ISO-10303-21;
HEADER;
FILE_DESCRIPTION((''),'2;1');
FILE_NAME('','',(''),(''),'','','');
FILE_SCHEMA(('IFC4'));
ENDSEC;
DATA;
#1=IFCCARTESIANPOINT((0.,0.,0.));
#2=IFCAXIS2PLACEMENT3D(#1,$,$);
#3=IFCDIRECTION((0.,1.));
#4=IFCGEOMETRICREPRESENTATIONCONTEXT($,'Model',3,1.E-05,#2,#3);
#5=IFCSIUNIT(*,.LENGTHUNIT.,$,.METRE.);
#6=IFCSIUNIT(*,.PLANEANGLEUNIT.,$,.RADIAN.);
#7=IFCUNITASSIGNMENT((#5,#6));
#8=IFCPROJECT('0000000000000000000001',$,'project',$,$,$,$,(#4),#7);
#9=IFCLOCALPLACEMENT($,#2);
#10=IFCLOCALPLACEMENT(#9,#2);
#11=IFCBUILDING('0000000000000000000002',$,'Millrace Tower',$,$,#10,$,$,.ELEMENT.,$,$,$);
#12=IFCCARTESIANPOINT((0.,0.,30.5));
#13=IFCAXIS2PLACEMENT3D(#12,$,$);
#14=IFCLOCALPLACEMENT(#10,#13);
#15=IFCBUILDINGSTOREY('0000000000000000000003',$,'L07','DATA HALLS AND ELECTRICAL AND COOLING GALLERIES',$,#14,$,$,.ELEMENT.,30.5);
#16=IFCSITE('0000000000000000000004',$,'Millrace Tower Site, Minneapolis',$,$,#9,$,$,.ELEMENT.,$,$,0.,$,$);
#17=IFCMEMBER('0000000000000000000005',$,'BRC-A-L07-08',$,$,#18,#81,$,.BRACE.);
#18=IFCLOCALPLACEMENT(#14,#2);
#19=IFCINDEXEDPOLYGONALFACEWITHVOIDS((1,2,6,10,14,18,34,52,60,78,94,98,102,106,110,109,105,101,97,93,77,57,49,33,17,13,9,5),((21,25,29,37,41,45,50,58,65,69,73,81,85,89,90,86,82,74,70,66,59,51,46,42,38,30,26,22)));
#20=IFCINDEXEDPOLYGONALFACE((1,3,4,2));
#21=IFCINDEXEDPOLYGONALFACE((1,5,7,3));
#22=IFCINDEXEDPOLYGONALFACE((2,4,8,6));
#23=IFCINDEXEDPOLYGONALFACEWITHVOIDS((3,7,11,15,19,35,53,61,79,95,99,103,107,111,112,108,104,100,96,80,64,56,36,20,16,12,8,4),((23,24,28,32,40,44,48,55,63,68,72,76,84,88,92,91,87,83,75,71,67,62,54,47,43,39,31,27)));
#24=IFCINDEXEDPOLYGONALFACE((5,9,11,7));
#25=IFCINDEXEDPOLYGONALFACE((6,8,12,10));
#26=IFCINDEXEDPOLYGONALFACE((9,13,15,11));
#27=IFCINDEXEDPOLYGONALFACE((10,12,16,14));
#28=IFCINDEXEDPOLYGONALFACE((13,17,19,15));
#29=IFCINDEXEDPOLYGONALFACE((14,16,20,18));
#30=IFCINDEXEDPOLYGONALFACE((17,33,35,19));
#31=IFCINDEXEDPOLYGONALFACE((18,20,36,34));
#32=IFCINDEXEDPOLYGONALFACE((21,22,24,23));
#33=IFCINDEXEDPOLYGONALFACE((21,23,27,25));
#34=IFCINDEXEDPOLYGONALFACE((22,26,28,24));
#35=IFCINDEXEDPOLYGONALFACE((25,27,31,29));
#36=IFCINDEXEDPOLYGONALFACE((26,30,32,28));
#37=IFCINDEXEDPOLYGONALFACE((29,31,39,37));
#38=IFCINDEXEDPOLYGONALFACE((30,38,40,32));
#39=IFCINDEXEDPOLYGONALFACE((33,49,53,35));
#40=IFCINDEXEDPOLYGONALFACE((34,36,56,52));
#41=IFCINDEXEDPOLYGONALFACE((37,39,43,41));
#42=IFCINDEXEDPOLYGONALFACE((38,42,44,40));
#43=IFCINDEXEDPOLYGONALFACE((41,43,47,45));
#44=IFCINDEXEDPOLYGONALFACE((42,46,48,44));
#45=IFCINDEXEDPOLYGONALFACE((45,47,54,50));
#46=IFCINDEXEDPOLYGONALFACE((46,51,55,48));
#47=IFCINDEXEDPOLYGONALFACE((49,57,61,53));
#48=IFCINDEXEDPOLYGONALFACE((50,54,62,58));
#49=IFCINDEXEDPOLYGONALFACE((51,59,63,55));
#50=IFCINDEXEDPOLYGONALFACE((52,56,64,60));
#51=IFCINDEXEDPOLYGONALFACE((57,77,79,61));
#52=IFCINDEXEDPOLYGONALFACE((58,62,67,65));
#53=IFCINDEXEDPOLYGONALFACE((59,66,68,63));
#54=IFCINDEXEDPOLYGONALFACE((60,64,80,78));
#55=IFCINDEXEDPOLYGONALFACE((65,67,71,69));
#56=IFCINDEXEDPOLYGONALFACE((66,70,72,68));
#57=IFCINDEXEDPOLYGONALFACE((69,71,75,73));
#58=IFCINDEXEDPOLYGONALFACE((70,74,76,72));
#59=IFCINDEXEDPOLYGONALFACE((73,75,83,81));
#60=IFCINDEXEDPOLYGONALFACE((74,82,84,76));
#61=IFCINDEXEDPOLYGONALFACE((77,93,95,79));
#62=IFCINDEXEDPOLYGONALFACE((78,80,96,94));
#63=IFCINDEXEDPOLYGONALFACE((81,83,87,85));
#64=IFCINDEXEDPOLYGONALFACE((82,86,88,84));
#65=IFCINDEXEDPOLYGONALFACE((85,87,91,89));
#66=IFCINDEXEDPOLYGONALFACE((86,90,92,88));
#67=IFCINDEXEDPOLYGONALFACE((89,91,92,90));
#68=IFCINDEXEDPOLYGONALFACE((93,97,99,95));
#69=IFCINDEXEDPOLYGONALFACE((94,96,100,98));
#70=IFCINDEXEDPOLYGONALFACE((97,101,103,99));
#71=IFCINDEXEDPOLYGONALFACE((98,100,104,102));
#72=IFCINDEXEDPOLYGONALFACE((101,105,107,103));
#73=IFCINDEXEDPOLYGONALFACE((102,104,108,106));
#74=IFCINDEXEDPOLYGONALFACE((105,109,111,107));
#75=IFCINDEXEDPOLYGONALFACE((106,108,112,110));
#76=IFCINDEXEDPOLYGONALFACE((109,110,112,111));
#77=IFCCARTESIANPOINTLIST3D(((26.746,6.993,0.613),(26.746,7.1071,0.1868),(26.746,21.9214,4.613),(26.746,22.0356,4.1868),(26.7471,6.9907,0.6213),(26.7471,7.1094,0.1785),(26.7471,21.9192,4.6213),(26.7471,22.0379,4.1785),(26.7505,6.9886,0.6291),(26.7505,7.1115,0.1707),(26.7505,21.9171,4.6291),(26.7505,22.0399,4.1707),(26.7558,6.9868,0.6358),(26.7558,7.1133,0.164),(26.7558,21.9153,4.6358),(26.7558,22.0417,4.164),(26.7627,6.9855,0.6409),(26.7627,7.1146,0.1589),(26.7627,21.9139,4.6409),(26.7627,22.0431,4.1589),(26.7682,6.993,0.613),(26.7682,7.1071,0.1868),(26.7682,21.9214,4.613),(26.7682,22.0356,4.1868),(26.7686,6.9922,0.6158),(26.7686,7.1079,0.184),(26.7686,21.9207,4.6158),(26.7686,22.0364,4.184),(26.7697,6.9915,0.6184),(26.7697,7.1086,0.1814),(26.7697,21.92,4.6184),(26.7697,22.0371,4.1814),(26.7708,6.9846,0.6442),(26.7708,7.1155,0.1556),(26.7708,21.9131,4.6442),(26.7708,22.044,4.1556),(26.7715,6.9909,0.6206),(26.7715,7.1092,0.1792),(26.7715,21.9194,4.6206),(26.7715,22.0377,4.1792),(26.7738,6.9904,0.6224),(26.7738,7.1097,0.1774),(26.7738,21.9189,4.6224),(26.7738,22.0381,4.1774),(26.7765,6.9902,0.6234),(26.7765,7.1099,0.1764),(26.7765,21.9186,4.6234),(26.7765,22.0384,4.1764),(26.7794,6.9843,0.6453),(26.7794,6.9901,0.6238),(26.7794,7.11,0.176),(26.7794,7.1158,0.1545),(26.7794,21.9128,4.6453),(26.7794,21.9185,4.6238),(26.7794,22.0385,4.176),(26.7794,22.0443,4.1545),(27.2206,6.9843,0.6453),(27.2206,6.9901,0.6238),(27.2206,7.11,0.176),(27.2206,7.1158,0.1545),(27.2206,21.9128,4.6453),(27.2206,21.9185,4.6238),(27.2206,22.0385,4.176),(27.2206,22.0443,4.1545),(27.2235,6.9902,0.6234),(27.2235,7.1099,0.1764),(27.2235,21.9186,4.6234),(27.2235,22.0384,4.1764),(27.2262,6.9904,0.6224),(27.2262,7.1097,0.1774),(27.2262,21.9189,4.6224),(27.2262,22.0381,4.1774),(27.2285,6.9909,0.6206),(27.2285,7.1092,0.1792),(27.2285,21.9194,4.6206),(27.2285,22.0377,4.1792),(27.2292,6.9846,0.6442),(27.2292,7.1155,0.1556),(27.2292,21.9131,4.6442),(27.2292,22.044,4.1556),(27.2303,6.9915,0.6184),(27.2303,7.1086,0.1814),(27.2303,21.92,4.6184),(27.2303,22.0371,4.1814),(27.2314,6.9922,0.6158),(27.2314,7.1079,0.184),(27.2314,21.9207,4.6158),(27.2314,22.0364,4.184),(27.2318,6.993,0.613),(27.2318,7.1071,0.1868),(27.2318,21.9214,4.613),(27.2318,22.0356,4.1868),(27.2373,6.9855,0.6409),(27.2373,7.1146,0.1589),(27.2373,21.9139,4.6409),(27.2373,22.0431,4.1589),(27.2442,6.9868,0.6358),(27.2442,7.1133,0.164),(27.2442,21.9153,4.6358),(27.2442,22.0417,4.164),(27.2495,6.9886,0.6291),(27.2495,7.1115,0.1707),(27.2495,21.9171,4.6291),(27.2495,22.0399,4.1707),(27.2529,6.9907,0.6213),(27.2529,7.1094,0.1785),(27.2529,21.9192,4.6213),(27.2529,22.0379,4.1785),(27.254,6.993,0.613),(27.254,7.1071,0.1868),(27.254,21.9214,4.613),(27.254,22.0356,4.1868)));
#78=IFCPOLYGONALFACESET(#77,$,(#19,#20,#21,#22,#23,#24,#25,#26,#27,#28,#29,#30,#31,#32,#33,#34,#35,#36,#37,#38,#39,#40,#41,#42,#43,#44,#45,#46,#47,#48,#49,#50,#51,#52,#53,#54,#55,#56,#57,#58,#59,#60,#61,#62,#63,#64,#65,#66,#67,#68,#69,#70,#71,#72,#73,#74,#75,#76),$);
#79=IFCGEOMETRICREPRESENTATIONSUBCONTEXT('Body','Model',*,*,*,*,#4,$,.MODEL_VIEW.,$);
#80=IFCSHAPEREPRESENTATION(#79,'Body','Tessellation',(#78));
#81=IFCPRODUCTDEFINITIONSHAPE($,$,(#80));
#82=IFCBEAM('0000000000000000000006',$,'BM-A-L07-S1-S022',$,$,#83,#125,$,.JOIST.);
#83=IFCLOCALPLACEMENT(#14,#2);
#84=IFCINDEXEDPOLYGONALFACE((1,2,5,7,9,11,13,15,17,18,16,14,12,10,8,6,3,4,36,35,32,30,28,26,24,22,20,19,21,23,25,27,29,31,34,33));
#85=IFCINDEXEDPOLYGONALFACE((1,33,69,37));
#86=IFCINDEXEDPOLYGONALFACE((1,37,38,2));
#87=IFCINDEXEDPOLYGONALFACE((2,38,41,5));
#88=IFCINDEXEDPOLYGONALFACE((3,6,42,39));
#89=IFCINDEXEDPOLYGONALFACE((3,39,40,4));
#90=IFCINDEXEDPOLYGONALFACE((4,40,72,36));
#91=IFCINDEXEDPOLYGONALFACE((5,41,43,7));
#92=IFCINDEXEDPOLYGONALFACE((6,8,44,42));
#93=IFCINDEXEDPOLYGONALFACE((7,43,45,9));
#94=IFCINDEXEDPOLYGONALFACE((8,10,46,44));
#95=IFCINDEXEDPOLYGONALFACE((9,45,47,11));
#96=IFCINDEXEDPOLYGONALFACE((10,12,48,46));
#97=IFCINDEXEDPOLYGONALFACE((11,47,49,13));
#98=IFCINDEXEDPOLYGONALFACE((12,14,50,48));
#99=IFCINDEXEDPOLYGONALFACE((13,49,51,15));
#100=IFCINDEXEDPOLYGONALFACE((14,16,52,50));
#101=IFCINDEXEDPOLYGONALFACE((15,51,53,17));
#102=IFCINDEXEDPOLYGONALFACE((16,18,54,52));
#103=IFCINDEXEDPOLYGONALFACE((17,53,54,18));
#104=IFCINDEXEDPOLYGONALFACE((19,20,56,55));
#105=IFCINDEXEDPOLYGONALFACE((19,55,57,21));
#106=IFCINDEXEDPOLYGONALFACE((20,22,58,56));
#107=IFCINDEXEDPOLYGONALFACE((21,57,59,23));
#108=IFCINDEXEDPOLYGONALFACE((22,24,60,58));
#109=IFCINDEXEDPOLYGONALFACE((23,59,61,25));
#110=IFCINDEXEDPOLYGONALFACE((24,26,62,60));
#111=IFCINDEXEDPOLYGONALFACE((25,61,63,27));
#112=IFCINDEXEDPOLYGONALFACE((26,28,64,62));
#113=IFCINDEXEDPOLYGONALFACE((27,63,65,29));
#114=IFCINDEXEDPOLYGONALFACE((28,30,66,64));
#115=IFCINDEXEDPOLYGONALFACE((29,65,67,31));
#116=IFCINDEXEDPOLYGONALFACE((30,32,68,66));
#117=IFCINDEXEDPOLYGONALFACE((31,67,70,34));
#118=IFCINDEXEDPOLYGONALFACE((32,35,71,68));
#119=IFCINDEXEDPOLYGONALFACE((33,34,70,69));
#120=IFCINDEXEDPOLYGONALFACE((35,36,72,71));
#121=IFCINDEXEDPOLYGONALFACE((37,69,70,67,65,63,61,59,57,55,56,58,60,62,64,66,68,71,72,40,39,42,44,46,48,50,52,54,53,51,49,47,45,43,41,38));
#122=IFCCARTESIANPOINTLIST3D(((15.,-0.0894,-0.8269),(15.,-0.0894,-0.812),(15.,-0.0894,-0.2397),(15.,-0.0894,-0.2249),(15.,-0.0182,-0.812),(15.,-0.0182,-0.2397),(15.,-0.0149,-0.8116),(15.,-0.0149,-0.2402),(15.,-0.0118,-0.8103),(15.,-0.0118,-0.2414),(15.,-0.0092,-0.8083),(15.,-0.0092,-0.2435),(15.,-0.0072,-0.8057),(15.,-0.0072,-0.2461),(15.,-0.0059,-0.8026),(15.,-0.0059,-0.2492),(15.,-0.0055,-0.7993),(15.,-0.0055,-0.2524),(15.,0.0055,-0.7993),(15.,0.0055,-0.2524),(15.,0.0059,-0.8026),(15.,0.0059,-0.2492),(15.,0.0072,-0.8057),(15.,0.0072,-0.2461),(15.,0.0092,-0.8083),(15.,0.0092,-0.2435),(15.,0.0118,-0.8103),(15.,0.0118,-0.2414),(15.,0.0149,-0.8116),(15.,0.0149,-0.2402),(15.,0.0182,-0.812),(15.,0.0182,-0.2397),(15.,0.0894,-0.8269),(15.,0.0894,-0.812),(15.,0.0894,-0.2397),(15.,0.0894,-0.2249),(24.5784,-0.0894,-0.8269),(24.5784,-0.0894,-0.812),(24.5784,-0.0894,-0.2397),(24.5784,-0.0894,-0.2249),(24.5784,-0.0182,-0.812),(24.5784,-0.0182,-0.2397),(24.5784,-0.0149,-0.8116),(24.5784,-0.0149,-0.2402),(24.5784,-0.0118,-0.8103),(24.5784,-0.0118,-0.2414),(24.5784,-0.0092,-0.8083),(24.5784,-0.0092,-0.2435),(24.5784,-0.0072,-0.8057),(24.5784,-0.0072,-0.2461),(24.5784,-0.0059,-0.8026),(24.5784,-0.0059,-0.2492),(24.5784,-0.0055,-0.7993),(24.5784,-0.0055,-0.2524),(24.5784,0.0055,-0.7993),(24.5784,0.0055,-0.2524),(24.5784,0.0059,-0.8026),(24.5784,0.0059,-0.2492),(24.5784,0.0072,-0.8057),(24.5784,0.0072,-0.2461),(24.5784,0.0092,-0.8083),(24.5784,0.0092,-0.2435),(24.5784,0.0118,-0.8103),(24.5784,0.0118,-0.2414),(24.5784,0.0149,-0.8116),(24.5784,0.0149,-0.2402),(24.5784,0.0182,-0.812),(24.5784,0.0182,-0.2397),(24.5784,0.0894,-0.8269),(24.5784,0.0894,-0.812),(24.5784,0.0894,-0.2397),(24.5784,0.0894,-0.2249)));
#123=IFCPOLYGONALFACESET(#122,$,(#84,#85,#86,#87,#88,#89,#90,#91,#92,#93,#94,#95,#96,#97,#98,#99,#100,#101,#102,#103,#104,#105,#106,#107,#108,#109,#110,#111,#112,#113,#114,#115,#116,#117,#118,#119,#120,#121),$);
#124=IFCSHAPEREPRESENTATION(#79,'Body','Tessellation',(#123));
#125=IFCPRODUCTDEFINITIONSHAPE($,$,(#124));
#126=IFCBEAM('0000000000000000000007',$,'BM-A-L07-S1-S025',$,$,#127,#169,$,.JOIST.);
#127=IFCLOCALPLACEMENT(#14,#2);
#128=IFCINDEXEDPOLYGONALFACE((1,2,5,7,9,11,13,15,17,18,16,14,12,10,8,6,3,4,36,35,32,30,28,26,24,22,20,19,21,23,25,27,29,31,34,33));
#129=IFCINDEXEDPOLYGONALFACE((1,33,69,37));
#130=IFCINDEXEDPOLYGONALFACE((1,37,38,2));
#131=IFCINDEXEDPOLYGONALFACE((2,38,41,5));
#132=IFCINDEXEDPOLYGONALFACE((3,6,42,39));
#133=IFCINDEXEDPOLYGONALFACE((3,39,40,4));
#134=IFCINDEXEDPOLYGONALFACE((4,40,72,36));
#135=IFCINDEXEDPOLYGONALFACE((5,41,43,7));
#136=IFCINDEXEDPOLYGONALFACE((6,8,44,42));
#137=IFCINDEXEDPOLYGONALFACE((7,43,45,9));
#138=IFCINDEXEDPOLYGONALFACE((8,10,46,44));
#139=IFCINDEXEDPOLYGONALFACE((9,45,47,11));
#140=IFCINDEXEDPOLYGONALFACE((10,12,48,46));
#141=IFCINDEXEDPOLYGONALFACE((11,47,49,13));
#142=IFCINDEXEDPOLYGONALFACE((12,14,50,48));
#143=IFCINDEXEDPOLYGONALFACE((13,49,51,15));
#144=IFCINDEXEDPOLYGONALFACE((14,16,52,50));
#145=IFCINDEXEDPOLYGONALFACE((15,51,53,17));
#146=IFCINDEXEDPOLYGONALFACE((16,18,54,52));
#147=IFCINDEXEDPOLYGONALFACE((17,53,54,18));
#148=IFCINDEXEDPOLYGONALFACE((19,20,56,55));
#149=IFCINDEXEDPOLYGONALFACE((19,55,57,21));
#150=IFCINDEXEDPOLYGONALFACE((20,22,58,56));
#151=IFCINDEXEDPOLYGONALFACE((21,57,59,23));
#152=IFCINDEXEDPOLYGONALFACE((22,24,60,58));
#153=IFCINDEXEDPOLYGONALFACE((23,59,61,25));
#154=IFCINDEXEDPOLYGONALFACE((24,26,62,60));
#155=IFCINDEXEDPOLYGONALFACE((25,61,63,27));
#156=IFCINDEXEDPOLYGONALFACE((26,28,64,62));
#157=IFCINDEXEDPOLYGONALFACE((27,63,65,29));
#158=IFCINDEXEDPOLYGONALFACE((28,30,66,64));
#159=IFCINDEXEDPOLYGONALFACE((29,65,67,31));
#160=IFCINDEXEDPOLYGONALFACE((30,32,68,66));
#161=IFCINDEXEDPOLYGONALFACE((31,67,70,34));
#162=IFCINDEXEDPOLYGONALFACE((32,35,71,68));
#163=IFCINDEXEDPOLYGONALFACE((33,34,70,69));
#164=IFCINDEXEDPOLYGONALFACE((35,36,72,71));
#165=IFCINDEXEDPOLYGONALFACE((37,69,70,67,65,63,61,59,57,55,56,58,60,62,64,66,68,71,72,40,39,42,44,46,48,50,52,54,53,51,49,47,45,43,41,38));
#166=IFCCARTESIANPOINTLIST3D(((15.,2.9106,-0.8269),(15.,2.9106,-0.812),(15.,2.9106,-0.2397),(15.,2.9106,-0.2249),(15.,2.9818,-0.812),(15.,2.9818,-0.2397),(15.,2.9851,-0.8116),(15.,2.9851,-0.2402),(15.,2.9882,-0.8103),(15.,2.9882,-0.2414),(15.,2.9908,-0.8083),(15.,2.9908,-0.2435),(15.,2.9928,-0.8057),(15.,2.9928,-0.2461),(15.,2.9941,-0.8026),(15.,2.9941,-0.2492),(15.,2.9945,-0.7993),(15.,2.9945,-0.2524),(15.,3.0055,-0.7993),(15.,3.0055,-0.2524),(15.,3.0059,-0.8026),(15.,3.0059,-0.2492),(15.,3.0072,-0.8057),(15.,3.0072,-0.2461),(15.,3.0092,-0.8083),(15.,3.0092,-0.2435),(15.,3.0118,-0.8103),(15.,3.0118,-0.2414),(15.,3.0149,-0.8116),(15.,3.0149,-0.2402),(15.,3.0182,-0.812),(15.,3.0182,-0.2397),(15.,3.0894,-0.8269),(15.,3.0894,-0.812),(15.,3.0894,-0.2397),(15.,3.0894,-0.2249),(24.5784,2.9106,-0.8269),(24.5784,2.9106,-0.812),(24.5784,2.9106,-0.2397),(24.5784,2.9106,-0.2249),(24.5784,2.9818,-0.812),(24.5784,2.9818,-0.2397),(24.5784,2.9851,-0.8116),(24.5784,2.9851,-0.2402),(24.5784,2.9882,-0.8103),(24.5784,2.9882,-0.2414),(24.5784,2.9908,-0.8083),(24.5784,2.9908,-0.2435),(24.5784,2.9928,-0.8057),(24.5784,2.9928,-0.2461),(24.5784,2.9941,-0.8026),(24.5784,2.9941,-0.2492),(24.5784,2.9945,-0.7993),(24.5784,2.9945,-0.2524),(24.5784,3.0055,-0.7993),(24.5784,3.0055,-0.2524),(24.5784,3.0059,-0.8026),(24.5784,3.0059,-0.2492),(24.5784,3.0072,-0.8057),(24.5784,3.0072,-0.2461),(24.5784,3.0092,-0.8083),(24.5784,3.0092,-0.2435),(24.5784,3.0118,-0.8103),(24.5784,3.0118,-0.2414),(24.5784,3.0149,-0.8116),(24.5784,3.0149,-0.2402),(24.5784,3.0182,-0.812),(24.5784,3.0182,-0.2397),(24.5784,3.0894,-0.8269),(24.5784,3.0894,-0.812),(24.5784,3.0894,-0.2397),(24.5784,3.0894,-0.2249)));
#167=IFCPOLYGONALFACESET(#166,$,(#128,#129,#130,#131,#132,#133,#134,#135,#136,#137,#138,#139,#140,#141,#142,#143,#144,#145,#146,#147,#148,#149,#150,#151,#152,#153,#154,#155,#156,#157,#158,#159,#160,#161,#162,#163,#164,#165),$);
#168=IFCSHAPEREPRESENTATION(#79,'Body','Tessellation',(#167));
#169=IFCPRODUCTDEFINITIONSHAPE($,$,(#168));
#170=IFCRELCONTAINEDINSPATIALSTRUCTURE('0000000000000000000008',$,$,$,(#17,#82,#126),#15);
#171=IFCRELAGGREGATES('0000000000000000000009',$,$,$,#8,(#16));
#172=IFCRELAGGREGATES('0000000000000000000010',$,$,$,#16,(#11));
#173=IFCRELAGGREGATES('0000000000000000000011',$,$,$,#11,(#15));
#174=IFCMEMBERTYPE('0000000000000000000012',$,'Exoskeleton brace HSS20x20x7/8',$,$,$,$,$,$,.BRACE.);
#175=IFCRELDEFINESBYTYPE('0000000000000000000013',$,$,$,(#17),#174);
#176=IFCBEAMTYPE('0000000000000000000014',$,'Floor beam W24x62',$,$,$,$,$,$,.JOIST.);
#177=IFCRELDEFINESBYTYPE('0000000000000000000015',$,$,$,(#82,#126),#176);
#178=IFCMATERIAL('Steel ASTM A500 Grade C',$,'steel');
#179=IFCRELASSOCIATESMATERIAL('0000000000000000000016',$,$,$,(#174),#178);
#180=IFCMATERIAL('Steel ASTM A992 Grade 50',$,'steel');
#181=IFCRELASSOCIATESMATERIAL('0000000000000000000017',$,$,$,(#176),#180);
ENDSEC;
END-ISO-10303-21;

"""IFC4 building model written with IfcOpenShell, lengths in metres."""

from ifc_helpers import new_model, si_unit, direction, frame, origin, origin_2d, place, context, subcontext, project, spatial, hollow_rectangle, i_section, extrude, material, material_profile, profile_set, type_object, element, save


model = new_model("IFC4")

# Units and contexts
model_context = context("Model", 3, precision=1e-05, world=origin(), true_north=direction((0.0, 1.0)))
body_context = subcontext(model_context, "Body", "Model", "MODEL_VIEW")
ifc_project = project(units=[si_unit("LENGTHUNIT", "METRE"), si_unit("PLANEANGLEUNIT", "RADIAN")], contexts=[model_context])

# Site, building, storey
site_placement = place(None, origin())
site = spatial("IfcSite", under=ifc_project, at=site_placement, Name="Millrace Tower Site, Minneapolis", CompositionType="ELEMENT", RefElevation=0.0)
building_placement = place(site_placement, origin())
building = spatial("IfcBuilding", under=site, at=building_placement, Name="Millrace Tower", CompositionType="ELEMENT")
storey_placement = place(building_placement, frame((0.0, 0.0, 30.5)))
storey = spatial("IfcBuildingStorey", under=building, at=storey_placement, Name="L07", Description="DATA HALLS AND ELECTRICAL AND COOLING GALLERIES", CompositionType="ELEMENT", Elevation=30.5)

# Member
ifc_material_1 = material(Name="Steel ASTM A500 Grade C", Category="steel")
ifc_material_profile_1 = material_profile(ifc_material_1, hollow_rectangle(XDim=0.5081, YDim=0.5081, WallThickness=0.0222, InnerFilletRadius=0.0112, OuterFilletRadius=0.0334, at=origin_2d()))
ifc_profile_set_1 = profile_set([ifc_material_profile_1], Name="Steel ASTM A500 Grade C")
member_type_1 = type_object("IfcMemberType", Name="Exoskeleton brace HSS20x20x7/8", PredefinedType="BRACE", material=ifc_profile_set_1)
member_1_placement = place(storey_placement, frame((27.0, 7.05, 0.3999), z_axis=(0.0, 0.965927, 0.258815), x_axis=(-1.0, 0.0, 0.0)))
element("IfcMember", 1, at=member_1_placement, inside=storey, type_object=member_type_1, Name="BRC-A-L07-08", PredefinedType="BRACE", context=body_context, shape_type="SweptSolid", body=[
    extrude(hollow_rectangle(XDim=0.5081, YDim=0.5081, WallThickness=0.0222, InnerFilletRadius=0.0112, OuterFilletRadius=0.0334, at=origin_2d()), origin(), (0.0, 0.0, 1.0), 15.4551),
])

# Beams
ifc_material_2 = material(Name="Steel ASTM A992 Grade 50", Category="steel")
ifc_material_profile_2 = material_profile(ifc_material_2, i_section(OverallWidth=0.1787, OverallDepth=0.6021, WebThickness=0.011, FlangeThickness=0.0149, FilletRadius=0.0127, at=origin_2d()))
ifc_profile_set_2 = profile_set([ifc_material_profile_2], Name="Steel ASTM A992 Grade 50")
beam_type_1 = type_object("IfcBeamType", Name="Floor beam W24x62", PredefinedType="JOIST", material=ifc_profile_set_2)
for number, where, z_axis, x_axis, name in (
    (2, (15.0, 0.0, -0.5259), (1.0, 0.0, 0.0), (0.0, 1.0, 0.0), "BM-A-L07-S1-S022"),
    (3, (15.0, 3.0, -0.5259), (1.0, 0.0, 0.0), (0.0, 1.0, 0.0), "BM-A-L07-S1-S025"),
):
    element("IfcBeam", number, at=place(storey_placement, frame(where, z_axis=z_axis, x_axis=x_axis)), inside=storey, type_object=beam_type_1, Name=name, PredefinedType="JOIST", context=body_context, shape_type="SweptSolid", body=[
        extrude(i_section(OverallWidth=0.1787, OverallDepth=0.6021, WebThickness=0.011, FlangeThickness=0.0149, FilletRadius=0.0127, at=origin_2d()), origin(), (0.0, 0.0, 1.0), 9.5784),
    ])

save(model, "model.ifc")
